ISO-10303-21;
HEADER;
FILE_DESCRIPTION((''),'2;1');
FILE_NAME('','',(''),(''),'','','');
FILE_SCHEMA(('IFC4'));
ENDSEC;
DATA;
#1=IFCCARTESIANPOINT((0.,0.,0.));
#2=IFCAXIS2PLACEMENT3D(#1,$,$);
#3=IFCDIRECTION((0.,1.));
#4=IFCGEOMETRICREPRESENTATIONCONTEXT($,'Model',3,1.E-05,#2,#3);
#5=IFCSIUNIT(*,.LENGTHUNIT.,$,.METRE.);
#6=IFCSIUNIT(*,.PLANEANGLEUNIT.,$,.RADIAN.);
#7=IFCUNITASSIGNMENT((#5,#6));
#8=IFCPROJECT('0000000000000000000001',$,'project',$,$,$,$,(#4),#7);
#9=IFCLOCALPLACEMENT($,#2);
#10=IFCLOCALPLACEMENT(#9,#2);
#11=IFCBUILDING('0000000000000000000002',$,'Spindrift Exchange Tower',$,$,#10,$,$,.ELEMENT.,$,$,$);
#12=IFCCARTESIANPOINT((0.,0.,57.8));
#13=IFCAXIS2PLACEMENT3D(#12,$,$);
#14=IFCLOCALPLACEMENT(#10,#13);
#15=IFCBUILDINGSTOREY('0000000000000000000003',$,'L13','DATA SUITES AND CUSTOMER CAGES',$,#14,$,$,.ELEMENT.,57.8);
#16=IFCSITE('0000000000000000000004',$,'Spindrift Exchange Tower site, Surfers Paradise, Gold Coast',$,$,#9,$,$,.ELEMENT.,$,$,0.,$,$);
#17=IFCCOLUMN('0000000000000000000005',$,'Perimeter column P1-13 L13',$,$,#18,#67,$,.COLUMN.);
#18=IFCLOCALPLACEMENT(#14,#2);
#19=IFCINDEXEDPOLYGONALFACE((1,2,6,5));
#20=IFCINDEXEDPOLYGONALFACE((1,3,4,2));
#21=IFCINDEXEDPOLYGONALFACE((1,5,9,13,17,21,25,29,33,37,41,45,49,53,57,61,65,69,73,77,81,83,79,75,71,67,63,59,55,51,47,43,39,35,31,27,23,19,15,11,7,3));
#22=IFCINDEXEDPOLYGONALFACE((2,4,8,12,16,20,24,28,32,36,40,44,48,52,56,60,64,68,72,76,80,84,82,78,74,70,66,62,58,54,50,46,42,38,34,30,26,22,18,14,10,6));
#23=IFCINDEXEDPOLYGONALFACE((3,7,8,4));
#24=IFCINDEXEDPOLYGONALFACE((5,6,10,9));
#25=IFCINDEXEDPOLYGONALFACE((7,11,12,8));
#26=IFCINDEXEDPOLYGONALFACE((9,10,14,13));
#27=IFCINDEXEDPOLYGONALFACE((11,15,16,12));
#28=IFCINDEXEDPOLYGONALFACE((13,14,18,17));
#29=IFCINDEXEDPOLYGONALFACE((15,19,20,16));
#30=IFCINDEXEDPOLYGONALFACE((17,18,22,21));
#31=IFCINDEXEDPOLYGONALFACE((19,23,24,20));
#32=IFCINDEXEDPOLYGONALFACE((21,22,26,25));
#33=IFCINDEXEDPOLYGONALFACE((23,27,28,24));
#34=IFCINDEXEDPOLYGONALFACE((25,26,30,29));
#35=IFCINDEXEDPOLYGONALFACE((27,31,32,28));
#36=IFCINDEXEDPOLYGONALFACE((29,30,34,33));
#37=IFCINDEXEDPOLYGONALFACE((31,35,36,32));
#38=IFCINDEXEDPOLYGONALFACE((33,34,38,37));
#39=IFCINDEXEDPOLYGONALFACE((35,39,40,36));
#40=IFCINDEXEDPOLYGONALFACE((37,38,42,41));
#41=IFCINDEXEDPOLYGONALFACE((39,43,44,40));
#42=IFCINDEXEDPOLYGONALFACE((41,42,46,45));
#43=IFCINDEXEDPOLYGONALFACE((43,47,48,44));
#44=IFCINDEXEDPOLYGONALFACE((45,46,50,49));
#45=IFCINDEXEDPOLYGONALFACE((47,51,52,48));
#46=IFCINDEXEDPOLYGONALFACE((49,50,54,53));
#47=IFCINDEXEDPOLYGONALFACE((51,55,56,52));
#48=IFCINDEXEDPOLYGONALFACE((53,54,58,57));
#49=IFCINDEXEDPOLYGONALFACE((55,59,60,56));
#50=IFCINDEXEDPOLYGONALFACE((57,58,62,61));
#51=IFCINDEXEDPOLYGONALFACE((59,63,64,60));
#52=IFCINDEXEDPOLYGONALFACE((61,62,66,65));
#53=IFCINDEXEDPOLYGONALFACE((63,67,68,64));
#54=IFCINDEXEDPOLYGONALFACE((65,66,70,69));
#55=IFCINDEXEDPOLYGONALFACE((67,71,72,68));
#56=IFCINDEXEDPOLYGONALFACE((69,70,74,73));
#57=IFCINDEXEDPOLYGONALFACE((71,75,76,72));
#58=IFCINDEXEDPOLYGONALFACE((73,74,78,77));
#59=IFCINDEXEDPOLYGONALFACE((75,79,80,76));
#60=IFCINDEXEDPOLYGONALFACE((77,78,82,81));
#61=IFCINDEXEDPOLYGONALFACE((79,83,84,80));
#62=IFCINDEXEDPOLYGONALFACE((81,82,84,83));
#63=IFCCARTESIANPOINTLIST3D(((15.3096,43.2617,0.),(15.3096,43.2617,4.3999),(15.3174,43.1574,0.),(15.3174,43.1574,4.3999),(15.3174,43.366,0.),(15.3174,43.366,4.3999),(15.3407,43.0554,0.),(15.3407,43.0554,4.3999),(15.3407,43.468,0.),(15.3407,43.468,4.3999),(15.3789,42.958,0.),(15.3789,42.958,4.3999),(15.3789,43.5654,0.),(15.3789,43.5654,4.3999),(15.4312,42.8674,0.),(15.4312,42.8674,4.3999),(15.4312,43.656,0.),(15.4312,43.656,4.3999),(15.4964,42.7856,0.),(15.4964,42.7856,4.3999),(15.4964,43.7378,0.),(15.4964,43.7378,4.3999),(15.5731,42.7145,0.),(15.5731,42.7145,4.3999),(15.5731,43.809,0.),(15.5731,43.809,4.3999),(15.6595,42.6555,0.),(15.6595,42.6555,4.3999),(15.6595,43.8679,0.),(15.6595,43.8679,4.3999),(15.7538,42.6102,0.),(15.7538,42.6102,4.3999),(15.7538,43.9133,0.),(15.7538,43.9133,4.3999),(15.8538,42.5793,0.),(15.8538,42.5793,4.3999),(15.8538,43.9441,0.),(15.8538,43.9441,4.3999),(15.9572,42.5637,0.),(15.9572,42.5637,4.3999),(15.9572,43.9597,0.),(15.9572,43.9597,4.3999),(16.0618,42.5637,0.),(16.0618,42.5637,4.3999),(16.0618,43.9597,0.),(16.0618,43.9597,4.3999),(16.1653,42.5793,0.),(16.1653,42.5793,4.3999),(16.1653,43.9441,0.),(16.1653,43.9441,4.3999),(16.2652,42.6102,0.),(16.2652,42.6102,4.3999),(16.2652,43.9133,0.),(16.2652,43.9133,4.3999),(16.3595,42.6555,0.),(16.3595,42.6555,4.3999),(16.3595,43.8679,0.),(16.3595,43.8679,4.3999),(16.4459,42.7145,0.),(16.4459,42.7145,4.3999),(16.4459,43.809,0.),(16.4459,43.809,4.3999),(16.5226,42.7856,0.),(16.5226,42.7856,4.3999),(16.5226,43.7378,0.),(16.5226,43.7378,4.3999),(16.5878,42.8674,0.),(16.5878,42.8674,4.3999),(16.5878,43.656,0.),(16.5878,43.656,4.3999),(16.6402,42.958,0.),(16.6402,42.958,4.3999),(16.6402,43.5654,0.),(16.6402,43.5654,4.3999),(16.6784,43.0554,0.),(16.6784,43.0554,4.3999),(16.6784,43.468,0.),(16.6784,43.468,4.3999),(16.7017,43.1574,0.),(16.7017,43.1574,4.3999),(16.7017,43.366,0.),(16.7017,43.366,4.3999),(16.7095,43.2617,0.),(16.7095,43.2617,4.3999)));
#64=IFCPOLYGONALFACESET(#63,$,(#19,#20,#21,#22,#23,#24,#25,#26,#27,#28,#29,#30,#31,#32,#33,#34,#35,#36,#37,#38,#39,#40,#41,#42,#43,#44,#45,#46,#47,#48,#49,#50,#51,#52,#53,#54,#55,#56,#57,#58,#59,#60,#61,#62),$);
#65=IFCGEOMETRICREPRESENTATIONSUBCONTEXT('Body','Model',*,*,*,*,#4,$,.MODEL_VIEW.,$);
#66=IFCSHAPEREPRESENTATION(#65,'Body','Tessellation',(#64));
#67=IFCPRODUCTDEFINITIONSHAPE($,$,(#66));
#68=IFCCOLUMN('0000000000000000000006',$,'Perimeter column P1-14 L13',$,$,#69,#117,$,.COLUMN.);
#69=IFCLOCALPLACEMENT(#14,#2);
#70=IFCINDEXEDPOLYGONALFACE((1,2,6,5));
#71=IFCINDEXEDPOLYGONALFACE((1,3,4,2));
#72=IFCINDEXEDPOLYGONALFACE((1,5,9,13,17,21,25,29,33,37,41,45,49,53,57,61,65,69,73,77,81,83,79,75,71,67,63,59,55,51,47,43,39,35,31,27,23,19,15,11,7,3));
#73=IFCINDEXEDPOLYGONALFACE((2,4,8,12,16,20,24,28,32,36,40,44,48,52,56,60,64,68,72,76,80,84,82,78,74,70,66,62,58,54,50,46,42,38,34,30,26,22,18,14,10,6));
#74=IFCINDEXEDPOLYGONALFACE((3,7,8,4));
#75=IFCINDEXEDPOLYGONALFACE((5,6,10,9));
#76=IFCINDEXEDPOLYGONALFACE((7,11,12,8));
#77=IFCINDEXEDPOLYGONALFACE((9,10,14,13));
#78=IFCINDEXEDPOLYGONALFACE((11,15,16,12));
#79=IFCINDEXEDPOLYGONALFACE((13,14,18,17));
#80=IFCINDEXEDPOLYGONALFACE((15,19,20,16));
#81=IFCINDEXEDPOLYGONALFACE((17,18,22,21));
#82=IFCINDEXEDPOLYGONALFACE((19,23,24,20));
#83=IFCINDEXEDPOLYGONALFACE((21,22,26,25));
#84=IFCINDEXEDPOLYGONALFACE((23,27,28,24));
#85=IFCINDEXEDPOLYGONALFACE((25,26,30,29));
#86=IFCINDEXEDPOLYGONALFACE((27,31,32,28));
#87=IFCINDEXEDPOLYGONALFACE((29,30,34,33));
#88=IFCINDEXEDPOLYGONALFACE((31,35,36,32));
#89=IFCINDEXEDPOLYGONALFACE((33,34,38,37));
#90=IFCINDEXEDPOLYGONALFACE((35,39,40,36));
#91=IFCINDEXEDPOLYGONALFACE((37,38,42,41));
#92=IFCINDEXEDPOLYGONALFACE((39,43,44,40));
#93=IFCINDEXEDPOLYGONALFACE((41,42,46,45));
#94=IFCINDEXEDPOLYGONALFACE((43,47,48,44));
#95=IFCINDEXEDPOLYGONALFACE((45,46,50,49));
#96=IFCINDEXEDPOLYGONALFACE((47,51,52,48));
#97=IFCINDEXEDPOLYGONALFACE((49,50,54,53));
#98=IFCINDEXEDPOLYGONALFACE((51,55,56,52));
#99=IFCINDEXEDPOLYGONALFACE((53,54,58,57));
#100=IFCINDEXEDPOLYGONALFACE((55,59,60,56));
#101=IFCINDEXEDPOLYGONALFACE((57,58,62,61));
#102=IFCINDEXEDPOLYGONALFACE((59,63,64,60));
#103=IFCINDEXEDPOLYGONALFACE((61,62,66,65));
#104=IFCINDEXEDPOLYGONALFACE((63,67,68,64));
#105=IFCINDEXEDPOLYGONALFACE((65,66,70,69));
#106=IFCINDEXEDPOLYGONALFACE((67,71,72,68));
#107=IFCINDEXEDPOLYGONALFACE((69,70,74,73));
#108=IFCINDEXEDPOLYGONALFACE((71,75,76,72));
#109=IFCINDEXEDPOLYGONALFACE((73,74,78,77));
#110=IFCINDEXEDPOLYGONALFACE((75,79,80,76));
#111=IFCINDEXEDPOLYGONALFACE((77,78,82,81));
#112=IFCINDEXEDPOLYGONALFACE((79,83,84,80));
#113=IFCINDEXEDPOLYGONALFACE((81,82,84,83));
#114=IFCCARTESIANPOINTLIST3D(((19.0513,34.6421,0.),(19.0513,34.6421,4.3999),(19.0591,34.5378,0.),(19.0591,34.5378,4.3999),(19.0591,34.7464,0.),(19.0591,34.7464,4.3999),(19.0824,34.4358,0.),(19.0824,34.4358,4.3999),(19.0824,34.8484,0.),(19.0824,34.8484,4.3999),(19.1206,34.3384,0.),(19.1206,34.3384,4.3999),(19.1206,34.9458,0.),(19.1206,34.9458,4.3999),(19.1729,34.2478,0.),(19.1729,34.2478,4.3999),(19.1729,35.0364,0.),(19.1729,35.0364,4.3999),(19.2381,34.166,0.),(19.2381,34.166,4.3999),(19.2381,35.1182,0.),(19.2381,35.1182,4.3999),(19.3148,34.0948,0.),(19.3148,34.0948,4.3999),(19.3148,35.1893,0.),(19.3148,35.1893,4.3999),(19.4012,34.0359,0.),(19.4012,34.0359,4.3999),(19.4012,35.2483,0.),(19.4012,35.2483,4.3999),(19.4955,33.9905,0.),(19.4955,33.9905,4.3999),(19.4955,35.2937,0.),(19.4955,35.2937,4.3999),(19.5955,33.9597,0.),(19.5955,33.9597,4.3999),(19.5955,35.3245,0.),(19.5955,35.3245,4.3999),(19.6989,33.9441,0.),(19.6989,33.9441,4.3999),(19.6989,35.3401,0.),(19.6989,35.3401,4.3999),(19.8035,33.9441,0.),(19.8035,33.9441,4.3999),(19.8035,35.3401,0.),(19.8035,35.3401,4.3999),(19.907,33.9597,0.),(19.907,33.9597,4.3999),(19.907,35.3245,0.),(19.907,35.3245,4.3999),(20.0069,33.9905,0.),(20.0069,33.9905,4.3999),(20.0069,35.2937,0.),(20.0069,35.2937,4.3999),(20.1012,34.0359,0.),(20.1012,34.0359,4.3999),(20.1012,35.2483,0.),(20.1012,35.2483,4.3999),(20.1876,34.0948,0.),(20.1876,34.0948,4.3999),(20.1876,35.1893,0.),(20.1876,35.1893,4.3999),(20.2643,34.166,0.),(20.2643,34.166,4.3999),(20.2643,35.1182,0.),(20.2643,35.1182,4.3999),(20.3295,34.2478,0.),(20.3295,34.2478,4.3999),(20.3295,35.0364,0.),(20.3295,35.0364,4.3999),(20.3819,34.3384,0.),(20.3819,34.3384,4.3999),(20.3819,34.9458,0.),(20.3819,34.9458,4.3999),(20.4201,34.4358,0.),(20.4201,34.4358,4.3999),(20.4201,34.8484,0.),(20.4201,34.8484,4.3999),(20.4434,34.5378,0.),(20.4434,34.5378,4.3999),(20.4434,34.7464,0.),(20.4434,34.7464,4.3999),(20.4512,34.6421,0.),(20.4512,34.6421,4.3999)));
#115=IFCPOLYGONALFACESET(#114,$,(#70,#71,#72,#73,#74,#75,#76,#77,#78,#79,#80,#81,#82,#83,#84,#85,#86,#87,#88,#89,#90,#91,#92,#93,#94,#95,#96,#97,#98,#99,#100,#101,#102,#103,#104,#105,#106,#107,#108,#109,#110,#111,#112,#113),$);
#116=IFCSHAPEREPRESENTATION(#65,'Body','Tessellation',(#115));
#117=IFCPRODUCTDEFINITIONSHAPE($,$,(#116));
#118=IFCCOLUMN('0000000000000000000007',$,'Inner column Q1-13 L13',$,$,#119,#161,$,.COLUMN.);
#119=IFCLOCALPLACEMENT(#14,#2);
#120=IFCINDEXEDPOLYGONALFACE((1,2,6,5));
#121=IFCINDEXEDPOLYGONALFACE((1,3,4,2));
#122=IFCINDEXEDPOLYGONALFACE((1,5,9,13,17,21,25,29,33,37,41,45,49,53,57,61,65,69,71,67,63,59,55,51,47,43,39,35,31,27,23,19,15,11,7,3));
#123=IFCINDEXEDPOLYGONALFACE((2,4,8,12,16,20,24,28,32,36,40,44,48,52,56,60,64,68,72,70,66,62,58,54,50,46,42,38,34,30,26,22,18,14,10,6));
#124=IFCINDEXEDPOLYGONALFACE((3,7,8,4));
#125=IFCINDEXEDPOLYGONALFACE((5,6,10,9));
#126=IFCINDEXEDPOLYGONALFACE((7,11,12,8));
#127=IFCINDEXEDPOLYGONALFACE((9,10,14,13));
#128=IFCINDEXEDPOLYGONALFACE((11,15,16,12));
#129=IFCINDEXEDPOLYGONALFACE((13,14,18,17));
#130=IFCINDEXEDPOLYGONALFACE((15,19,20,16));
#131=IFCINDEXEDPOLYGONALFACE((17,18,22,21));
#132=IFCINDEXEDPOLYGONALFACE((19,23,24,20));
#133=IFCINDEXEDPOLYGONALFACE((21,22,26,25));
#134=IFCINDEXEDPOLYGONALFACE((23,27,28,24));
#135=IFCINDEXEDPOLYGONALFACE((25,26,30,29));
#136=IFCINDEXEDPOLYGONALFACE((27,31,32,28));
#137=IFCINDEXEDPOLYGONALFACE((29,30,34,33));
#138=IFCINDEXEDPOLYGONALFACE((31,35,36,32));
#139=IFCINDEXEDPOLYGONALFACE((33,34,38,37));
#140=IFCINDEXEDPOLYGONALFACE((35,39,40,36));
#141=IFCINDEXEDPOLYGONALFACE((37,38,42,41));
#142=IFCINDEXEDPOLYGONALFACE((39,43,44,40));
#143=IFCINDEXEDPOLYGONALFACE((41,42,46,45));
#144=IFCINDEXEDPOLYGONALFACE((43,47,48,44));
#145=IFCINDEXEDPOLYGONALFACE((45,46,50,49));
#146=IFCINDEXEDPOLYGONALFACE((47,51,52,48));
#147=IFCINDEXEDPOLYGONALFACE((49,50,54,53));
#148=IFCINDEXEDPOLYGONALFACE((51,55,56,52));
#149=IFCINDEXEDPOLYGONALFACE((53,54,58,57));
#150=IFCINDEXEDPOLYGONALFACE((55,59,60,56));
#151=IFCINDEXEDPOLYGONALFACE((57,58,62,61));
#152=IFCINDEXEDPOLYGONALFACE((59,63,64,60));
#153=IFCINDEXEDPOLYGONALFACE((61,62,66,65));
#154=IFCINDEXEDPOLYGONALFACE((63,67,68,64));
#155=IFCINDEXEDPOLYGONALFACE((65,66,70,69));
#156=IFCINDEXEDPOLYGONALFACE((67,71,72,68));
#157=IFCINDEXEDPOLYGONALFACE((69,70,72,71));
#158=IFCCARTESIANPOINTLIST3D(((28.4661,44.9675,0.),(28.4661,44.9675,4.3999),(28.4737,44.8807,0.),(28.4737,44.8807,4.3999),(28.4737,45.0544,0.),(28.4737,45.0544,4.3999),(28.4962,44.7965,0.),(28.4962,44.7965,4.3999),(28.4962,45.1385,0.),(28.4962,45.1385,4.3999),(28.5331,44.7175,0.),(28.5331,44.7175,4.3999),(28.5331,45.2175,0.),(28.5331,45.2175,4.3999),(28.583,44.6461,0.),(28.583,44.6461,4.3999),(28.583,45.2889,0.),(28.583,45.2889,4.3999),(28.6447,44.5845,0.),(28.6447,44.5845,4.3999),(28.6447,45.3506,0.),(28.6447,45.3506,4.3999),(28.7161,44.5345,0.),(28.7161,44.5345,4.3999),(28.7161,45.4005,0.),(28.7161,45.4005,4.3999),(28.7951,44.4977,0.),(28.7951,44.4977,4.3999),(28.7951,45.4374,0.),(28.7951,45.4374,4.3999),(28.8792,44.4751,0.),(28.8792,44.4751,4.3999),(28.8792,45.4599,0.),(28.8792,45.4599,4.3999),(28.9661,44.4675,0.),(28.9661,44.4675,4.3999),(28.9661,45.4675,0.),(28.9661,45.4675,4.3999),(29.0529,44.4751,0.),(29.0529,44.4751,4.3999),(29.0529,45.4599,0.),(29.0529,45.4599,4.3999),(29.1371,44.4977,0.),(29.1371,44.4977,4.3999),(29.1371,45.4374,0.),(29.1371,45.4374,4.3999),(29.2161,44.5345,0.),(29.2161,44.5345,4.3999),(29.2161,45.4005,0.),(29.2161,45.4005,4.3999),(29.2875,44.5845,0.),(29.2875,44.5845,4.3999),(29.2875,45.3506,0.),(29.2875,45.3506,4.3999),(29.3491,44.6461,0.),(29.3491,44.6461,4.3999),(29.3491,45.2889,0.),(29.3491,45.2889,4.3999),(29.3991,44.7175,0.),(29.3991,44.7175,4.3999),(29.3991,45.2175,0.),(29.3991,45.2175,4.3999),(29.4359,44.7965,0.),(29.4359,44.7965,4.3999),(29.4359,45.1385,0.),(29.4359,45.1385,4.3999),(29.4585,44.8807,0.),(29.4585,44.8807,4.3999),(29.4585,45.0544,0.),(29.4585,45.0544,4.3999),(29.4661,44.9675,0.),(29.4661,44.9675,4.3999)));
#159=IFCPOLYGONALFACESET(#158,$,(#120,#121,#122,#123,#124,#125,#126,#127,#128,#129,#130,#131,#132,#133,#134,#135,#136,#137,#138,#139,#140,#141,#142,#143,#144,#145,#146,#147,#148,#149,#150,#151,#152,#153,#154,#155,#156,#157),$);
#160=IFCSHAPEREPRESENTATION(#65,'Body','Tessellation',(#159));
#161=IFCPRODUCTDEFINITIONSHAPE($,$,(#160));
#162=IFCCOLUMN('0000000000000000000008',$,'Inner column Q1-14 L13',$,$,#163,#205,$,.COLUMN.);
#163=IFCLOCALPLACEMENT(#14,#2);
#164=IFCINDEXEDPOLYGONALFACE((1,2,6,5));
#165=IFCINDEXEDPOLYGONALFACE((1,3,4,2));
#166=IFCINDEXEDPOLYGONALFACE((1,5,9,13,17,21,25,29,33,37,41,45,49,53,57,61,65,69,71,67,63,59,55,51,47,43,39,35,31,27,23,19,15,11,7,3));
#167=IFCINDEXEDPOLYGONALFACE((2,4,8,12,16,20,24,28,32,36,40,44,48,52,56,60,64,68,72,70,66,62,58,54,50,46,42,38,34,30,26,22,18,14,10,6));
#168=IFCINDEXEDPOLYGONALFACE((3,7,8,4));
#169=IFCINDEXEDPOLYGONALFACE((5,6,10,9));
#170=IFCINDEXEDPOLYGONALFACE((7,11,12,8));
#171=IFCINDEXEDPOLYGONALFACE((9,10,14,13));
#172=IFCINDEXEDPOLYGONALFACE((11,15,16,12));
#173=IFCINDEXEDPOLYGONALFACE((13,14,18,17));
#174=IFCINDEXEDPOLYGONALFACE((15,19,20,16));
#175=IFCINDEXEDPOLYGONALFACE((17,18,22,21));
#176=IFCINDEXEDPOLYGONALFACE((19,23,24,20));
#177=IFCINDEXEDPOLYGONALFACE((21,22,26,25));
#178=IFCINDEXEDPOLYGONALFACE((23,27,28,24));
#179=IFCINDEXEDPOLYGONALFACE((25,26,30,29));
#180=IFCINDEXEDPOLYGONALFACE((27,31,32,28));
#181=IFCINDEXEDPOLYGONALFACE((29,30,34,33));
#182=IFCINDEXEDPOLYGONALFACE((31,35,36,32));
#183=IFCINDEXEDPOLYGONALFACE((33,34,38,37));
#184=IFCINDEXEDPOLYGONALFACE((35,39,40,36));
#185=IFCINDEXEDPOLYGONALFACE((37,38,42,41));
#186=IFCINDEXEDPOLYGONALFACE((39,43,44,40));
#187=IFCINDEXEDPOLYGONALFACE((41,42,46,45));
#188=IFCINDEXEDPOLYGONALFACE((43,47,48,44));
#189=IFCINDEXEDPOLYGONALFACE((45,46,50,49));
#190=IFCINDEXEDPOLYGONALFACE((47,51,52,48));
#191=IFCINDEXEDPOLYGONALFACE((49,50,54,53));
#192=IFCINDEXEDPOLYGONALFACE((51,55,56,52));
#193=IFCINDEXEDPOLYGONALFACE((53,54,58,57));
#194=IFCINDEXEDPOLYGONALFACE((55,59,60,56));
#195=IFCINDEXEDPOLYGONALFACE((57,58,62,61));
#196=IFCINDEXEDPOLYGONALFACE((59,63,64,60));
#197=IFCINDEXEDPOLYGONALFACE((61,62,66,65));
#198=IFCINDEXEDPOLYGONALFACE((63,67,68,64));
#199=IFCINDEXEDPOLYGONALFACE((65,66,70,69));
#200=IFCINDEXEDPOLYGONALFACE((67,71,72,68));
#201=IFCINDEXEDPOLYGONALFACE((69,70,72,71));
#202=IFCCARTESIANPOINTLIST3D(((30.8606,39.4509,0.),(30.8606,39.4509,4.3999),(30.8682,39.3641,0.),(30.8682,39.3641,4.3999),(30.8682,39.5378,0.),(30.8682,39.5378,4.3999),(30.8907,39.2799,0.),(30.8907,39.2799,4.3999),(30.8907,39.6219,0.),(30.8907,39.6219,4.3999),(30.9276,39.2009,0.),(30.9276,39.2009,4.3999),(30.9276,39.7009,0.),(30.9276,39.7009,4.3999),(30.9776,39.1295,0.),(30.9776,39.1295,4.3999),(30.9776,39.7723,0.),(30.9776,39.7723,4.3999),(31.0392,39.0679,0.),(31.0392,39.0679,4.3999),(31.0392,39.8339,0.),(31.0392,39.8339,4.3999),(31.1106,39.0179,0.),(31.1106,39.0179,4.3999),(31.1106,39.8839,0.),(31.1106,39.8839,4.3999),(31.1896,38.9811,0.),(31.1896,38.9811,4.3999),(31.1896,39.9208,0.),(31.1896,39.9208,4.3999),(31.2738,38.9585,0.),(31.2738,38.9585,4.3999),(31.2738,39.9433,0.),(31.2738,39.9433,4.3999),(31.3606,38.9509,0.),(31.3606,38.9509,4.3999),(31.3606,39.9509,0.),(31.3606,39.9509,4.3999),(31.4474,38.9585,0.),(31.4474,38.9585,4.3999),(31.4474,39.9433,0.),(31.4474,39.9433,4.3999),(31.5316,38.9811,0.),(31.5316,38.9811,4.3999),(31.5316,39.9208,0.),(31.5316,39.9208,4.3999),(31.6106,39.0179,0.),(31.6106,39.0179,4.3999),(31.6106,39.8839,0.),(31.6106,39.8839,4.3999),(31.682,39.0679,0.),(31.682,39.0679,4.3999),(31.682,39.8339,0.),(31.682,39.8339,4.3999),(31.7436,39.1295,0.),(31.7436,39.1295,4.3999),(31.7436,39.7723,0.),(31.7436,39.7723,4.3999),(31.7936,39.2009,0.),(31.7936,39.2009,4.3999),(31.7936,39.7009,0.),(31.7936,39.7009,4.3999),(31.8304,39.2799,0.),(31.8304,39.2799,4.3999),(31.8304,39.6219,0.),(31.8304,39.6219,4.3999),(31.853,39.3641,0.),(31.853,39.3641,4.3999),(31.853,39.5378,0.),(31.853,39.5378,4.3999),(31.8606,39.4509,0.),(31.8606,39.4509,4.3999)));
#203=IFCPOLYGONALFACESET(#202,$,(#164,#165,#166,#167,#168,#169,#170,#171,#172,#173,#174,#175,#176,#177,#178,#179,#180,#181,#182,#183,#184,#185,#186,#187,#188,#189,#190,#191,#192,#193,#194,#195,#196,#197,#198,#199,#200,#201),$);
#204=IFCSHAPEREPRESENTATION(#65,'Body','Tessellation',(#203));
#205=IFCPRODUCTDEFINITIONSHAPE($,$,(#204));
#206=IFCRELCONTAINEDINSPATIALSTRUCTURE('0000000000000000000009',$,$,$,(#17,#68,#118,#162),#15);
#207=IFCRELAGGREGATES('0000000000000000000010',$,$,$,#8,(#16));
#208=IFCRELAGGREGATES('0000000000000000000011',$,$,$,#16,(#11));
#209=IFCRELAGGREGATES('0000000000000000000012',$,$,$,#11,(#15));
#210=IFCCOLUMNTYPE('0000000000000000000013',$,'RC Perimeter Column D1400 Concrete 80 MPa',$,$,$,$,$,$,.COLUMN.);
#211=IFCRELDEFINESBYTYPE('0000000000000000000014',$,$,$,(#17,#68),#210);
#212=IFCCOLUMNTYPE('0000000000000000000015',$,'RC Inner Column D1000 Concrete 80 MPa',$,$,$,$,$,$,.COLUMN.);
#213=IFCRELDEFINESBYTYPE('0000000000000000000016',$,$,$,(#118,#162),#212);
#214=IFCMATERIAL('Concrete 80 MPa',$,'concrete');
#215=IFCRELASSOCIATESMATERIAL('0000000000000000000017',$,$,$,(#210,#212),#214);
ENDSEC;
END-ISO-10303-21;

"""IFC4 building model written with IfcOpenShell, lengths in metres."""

from ifc_helpers import new_model, si_unit, direction, frame, origin, origin_2d, place, context, subcontext, project, spatial, circle, extrude, source, transform, mapped, material, material_profile, profile_set, type_object, element, save


model = new_model("IFC4")

# Units and contexts
model_context = context("Model", 3, precision=1e-05, world=origin(), true_north=direction((0.0, 1.0)))
body_context = subcontext(model_context, "Body", "Model", "MODEL_VIEW")
ifc_project = project(units=[si_unit("LENGTHUNIT", "METRE"), si_unit("PLANEANGLEUNIT", "RADIAN")], contexts=[model_context])

# Site, building, storey
site_placement = place(None, origin())
site = spatial("IfcSite", under=ifc_project, at=site_placement, Name="Spindrift Exchange Tower site, Surfers Paradise, Gold Coast", CompositionType="ELEMENT", RefElevation=0.0)
building_placement = place(site_placement, origin())
building = spatial("IfcBuilding", under=site, at=building_placement, Name="Spindrift Exchange Tower", CompositionType="ELEMENT")
storey_placement = place(building_placement, frame((0.0, 0.0, 57.8)))
storey = spatial("IfcBuildingStorey", under=building, at=storey_placement, Name="L13", Description="DATA SUITES AND CUSTOMER CAGES", CompositionType="ELEMENT", Elevation=57.8)

# Columns
ifc_material_1 = material(Name="Concrete 80 MPa", Category="concrete")
ifc_material_profile_1 = material_profile(ifc_material_1, circle(Radius=0.7, at=origin_2d()), Name="RC D1400")
ifc_profile_set_1 = profile_set([ifc_material_profile_1], Name="Concrete 80 MPa")
column_type_1 = type_object("IfcColumnType", Name="RC Perimeter Column D1400 Concrete 80 MPa", PredefinedType="COLUMN", material=ifc_profile_set_1)
shared_shape_1 = source(origin(), body_context, "Body", "SweptSolid", [
    extrude(circle(Radius=0.7, at=origin_2d()), origin(), (0.0, 0.0, 1.0), 4.3999),
])
for number, where, z_axis, x_axis, name in (
    (1, (16.0095, 43.2617, 0.0), (0.0, 0.0, 1.0), (1.0, 0.0, 0.0), "Perimeter column P1-13 L13"),
    (2, (19.7512, 34.6421, 0.0), (0.0, 0.0, 1.0), (1.0, 0.0, 0.0), "Perimeter column P1-14 L13"),
):
    element("IfcColumn", number, at=place(storey_placement, frame(where, z_axis=z_axis, x_axis=x_axis)), inside=storey, type_object=column_type_1, Name=name, PredefinedType="COLUMN", context=body_context, shape_type="MappedRepresentation", body=[
        mapped(shared_shape_1, transform((0.0, 0.0, 0.0), scale=1.0)),
    ])
ifc_material_profile_2 = material_profile(ifc_material_1, circle(Radius=0.5, at=origin_2d()), Name="RC D1000")
ifc_profile_set_2 = profile_set([ifc_material_profile_2], Name="Concrete 80 MPa")
column_type_2 = type_object("IfcColumnType", Name="RC Inner Column D1000 Concrete 80 MPa", PredefinedType="COLUMN", material=ifc_profile_set_2)
shared_shape_2 = source(origin(), body_context, "Body", "SweptSolid", [
    extrude(circle(Radius=0.5, at=origin_2d()), origin(), (0.0, 0.0, 1.0), 4.3999),
])
for number, where, z_axis, x_axis, name in (
    (3, (28.9661, 44.9675, 0.0), (0.0, 0.0, 1.0), (1.0, 0.0, 0.0), "Inner column Q1-13 L13"),
    (4, (31.3606, 39.4509, 0.0), (0.0, 0.0, 1.0), (1.0, 0.0, 0.0), "Inner column Q1-14 L13"),
):
    element("IfcColumn", number, at=place(storey_placement, frame(where, z_axis=z_axis, x_axis=x_axis)), inside=storey, type_object=column_type_2, Name=name, PredefinedType="COLUMN", context=body_context, shape_type="MappedRepresentation", body=[
        mapped(shared_shape_2, transform((0.0, 0.0, 0.0), scale=1.0)),
    ])

save(model, "model.ifc")
